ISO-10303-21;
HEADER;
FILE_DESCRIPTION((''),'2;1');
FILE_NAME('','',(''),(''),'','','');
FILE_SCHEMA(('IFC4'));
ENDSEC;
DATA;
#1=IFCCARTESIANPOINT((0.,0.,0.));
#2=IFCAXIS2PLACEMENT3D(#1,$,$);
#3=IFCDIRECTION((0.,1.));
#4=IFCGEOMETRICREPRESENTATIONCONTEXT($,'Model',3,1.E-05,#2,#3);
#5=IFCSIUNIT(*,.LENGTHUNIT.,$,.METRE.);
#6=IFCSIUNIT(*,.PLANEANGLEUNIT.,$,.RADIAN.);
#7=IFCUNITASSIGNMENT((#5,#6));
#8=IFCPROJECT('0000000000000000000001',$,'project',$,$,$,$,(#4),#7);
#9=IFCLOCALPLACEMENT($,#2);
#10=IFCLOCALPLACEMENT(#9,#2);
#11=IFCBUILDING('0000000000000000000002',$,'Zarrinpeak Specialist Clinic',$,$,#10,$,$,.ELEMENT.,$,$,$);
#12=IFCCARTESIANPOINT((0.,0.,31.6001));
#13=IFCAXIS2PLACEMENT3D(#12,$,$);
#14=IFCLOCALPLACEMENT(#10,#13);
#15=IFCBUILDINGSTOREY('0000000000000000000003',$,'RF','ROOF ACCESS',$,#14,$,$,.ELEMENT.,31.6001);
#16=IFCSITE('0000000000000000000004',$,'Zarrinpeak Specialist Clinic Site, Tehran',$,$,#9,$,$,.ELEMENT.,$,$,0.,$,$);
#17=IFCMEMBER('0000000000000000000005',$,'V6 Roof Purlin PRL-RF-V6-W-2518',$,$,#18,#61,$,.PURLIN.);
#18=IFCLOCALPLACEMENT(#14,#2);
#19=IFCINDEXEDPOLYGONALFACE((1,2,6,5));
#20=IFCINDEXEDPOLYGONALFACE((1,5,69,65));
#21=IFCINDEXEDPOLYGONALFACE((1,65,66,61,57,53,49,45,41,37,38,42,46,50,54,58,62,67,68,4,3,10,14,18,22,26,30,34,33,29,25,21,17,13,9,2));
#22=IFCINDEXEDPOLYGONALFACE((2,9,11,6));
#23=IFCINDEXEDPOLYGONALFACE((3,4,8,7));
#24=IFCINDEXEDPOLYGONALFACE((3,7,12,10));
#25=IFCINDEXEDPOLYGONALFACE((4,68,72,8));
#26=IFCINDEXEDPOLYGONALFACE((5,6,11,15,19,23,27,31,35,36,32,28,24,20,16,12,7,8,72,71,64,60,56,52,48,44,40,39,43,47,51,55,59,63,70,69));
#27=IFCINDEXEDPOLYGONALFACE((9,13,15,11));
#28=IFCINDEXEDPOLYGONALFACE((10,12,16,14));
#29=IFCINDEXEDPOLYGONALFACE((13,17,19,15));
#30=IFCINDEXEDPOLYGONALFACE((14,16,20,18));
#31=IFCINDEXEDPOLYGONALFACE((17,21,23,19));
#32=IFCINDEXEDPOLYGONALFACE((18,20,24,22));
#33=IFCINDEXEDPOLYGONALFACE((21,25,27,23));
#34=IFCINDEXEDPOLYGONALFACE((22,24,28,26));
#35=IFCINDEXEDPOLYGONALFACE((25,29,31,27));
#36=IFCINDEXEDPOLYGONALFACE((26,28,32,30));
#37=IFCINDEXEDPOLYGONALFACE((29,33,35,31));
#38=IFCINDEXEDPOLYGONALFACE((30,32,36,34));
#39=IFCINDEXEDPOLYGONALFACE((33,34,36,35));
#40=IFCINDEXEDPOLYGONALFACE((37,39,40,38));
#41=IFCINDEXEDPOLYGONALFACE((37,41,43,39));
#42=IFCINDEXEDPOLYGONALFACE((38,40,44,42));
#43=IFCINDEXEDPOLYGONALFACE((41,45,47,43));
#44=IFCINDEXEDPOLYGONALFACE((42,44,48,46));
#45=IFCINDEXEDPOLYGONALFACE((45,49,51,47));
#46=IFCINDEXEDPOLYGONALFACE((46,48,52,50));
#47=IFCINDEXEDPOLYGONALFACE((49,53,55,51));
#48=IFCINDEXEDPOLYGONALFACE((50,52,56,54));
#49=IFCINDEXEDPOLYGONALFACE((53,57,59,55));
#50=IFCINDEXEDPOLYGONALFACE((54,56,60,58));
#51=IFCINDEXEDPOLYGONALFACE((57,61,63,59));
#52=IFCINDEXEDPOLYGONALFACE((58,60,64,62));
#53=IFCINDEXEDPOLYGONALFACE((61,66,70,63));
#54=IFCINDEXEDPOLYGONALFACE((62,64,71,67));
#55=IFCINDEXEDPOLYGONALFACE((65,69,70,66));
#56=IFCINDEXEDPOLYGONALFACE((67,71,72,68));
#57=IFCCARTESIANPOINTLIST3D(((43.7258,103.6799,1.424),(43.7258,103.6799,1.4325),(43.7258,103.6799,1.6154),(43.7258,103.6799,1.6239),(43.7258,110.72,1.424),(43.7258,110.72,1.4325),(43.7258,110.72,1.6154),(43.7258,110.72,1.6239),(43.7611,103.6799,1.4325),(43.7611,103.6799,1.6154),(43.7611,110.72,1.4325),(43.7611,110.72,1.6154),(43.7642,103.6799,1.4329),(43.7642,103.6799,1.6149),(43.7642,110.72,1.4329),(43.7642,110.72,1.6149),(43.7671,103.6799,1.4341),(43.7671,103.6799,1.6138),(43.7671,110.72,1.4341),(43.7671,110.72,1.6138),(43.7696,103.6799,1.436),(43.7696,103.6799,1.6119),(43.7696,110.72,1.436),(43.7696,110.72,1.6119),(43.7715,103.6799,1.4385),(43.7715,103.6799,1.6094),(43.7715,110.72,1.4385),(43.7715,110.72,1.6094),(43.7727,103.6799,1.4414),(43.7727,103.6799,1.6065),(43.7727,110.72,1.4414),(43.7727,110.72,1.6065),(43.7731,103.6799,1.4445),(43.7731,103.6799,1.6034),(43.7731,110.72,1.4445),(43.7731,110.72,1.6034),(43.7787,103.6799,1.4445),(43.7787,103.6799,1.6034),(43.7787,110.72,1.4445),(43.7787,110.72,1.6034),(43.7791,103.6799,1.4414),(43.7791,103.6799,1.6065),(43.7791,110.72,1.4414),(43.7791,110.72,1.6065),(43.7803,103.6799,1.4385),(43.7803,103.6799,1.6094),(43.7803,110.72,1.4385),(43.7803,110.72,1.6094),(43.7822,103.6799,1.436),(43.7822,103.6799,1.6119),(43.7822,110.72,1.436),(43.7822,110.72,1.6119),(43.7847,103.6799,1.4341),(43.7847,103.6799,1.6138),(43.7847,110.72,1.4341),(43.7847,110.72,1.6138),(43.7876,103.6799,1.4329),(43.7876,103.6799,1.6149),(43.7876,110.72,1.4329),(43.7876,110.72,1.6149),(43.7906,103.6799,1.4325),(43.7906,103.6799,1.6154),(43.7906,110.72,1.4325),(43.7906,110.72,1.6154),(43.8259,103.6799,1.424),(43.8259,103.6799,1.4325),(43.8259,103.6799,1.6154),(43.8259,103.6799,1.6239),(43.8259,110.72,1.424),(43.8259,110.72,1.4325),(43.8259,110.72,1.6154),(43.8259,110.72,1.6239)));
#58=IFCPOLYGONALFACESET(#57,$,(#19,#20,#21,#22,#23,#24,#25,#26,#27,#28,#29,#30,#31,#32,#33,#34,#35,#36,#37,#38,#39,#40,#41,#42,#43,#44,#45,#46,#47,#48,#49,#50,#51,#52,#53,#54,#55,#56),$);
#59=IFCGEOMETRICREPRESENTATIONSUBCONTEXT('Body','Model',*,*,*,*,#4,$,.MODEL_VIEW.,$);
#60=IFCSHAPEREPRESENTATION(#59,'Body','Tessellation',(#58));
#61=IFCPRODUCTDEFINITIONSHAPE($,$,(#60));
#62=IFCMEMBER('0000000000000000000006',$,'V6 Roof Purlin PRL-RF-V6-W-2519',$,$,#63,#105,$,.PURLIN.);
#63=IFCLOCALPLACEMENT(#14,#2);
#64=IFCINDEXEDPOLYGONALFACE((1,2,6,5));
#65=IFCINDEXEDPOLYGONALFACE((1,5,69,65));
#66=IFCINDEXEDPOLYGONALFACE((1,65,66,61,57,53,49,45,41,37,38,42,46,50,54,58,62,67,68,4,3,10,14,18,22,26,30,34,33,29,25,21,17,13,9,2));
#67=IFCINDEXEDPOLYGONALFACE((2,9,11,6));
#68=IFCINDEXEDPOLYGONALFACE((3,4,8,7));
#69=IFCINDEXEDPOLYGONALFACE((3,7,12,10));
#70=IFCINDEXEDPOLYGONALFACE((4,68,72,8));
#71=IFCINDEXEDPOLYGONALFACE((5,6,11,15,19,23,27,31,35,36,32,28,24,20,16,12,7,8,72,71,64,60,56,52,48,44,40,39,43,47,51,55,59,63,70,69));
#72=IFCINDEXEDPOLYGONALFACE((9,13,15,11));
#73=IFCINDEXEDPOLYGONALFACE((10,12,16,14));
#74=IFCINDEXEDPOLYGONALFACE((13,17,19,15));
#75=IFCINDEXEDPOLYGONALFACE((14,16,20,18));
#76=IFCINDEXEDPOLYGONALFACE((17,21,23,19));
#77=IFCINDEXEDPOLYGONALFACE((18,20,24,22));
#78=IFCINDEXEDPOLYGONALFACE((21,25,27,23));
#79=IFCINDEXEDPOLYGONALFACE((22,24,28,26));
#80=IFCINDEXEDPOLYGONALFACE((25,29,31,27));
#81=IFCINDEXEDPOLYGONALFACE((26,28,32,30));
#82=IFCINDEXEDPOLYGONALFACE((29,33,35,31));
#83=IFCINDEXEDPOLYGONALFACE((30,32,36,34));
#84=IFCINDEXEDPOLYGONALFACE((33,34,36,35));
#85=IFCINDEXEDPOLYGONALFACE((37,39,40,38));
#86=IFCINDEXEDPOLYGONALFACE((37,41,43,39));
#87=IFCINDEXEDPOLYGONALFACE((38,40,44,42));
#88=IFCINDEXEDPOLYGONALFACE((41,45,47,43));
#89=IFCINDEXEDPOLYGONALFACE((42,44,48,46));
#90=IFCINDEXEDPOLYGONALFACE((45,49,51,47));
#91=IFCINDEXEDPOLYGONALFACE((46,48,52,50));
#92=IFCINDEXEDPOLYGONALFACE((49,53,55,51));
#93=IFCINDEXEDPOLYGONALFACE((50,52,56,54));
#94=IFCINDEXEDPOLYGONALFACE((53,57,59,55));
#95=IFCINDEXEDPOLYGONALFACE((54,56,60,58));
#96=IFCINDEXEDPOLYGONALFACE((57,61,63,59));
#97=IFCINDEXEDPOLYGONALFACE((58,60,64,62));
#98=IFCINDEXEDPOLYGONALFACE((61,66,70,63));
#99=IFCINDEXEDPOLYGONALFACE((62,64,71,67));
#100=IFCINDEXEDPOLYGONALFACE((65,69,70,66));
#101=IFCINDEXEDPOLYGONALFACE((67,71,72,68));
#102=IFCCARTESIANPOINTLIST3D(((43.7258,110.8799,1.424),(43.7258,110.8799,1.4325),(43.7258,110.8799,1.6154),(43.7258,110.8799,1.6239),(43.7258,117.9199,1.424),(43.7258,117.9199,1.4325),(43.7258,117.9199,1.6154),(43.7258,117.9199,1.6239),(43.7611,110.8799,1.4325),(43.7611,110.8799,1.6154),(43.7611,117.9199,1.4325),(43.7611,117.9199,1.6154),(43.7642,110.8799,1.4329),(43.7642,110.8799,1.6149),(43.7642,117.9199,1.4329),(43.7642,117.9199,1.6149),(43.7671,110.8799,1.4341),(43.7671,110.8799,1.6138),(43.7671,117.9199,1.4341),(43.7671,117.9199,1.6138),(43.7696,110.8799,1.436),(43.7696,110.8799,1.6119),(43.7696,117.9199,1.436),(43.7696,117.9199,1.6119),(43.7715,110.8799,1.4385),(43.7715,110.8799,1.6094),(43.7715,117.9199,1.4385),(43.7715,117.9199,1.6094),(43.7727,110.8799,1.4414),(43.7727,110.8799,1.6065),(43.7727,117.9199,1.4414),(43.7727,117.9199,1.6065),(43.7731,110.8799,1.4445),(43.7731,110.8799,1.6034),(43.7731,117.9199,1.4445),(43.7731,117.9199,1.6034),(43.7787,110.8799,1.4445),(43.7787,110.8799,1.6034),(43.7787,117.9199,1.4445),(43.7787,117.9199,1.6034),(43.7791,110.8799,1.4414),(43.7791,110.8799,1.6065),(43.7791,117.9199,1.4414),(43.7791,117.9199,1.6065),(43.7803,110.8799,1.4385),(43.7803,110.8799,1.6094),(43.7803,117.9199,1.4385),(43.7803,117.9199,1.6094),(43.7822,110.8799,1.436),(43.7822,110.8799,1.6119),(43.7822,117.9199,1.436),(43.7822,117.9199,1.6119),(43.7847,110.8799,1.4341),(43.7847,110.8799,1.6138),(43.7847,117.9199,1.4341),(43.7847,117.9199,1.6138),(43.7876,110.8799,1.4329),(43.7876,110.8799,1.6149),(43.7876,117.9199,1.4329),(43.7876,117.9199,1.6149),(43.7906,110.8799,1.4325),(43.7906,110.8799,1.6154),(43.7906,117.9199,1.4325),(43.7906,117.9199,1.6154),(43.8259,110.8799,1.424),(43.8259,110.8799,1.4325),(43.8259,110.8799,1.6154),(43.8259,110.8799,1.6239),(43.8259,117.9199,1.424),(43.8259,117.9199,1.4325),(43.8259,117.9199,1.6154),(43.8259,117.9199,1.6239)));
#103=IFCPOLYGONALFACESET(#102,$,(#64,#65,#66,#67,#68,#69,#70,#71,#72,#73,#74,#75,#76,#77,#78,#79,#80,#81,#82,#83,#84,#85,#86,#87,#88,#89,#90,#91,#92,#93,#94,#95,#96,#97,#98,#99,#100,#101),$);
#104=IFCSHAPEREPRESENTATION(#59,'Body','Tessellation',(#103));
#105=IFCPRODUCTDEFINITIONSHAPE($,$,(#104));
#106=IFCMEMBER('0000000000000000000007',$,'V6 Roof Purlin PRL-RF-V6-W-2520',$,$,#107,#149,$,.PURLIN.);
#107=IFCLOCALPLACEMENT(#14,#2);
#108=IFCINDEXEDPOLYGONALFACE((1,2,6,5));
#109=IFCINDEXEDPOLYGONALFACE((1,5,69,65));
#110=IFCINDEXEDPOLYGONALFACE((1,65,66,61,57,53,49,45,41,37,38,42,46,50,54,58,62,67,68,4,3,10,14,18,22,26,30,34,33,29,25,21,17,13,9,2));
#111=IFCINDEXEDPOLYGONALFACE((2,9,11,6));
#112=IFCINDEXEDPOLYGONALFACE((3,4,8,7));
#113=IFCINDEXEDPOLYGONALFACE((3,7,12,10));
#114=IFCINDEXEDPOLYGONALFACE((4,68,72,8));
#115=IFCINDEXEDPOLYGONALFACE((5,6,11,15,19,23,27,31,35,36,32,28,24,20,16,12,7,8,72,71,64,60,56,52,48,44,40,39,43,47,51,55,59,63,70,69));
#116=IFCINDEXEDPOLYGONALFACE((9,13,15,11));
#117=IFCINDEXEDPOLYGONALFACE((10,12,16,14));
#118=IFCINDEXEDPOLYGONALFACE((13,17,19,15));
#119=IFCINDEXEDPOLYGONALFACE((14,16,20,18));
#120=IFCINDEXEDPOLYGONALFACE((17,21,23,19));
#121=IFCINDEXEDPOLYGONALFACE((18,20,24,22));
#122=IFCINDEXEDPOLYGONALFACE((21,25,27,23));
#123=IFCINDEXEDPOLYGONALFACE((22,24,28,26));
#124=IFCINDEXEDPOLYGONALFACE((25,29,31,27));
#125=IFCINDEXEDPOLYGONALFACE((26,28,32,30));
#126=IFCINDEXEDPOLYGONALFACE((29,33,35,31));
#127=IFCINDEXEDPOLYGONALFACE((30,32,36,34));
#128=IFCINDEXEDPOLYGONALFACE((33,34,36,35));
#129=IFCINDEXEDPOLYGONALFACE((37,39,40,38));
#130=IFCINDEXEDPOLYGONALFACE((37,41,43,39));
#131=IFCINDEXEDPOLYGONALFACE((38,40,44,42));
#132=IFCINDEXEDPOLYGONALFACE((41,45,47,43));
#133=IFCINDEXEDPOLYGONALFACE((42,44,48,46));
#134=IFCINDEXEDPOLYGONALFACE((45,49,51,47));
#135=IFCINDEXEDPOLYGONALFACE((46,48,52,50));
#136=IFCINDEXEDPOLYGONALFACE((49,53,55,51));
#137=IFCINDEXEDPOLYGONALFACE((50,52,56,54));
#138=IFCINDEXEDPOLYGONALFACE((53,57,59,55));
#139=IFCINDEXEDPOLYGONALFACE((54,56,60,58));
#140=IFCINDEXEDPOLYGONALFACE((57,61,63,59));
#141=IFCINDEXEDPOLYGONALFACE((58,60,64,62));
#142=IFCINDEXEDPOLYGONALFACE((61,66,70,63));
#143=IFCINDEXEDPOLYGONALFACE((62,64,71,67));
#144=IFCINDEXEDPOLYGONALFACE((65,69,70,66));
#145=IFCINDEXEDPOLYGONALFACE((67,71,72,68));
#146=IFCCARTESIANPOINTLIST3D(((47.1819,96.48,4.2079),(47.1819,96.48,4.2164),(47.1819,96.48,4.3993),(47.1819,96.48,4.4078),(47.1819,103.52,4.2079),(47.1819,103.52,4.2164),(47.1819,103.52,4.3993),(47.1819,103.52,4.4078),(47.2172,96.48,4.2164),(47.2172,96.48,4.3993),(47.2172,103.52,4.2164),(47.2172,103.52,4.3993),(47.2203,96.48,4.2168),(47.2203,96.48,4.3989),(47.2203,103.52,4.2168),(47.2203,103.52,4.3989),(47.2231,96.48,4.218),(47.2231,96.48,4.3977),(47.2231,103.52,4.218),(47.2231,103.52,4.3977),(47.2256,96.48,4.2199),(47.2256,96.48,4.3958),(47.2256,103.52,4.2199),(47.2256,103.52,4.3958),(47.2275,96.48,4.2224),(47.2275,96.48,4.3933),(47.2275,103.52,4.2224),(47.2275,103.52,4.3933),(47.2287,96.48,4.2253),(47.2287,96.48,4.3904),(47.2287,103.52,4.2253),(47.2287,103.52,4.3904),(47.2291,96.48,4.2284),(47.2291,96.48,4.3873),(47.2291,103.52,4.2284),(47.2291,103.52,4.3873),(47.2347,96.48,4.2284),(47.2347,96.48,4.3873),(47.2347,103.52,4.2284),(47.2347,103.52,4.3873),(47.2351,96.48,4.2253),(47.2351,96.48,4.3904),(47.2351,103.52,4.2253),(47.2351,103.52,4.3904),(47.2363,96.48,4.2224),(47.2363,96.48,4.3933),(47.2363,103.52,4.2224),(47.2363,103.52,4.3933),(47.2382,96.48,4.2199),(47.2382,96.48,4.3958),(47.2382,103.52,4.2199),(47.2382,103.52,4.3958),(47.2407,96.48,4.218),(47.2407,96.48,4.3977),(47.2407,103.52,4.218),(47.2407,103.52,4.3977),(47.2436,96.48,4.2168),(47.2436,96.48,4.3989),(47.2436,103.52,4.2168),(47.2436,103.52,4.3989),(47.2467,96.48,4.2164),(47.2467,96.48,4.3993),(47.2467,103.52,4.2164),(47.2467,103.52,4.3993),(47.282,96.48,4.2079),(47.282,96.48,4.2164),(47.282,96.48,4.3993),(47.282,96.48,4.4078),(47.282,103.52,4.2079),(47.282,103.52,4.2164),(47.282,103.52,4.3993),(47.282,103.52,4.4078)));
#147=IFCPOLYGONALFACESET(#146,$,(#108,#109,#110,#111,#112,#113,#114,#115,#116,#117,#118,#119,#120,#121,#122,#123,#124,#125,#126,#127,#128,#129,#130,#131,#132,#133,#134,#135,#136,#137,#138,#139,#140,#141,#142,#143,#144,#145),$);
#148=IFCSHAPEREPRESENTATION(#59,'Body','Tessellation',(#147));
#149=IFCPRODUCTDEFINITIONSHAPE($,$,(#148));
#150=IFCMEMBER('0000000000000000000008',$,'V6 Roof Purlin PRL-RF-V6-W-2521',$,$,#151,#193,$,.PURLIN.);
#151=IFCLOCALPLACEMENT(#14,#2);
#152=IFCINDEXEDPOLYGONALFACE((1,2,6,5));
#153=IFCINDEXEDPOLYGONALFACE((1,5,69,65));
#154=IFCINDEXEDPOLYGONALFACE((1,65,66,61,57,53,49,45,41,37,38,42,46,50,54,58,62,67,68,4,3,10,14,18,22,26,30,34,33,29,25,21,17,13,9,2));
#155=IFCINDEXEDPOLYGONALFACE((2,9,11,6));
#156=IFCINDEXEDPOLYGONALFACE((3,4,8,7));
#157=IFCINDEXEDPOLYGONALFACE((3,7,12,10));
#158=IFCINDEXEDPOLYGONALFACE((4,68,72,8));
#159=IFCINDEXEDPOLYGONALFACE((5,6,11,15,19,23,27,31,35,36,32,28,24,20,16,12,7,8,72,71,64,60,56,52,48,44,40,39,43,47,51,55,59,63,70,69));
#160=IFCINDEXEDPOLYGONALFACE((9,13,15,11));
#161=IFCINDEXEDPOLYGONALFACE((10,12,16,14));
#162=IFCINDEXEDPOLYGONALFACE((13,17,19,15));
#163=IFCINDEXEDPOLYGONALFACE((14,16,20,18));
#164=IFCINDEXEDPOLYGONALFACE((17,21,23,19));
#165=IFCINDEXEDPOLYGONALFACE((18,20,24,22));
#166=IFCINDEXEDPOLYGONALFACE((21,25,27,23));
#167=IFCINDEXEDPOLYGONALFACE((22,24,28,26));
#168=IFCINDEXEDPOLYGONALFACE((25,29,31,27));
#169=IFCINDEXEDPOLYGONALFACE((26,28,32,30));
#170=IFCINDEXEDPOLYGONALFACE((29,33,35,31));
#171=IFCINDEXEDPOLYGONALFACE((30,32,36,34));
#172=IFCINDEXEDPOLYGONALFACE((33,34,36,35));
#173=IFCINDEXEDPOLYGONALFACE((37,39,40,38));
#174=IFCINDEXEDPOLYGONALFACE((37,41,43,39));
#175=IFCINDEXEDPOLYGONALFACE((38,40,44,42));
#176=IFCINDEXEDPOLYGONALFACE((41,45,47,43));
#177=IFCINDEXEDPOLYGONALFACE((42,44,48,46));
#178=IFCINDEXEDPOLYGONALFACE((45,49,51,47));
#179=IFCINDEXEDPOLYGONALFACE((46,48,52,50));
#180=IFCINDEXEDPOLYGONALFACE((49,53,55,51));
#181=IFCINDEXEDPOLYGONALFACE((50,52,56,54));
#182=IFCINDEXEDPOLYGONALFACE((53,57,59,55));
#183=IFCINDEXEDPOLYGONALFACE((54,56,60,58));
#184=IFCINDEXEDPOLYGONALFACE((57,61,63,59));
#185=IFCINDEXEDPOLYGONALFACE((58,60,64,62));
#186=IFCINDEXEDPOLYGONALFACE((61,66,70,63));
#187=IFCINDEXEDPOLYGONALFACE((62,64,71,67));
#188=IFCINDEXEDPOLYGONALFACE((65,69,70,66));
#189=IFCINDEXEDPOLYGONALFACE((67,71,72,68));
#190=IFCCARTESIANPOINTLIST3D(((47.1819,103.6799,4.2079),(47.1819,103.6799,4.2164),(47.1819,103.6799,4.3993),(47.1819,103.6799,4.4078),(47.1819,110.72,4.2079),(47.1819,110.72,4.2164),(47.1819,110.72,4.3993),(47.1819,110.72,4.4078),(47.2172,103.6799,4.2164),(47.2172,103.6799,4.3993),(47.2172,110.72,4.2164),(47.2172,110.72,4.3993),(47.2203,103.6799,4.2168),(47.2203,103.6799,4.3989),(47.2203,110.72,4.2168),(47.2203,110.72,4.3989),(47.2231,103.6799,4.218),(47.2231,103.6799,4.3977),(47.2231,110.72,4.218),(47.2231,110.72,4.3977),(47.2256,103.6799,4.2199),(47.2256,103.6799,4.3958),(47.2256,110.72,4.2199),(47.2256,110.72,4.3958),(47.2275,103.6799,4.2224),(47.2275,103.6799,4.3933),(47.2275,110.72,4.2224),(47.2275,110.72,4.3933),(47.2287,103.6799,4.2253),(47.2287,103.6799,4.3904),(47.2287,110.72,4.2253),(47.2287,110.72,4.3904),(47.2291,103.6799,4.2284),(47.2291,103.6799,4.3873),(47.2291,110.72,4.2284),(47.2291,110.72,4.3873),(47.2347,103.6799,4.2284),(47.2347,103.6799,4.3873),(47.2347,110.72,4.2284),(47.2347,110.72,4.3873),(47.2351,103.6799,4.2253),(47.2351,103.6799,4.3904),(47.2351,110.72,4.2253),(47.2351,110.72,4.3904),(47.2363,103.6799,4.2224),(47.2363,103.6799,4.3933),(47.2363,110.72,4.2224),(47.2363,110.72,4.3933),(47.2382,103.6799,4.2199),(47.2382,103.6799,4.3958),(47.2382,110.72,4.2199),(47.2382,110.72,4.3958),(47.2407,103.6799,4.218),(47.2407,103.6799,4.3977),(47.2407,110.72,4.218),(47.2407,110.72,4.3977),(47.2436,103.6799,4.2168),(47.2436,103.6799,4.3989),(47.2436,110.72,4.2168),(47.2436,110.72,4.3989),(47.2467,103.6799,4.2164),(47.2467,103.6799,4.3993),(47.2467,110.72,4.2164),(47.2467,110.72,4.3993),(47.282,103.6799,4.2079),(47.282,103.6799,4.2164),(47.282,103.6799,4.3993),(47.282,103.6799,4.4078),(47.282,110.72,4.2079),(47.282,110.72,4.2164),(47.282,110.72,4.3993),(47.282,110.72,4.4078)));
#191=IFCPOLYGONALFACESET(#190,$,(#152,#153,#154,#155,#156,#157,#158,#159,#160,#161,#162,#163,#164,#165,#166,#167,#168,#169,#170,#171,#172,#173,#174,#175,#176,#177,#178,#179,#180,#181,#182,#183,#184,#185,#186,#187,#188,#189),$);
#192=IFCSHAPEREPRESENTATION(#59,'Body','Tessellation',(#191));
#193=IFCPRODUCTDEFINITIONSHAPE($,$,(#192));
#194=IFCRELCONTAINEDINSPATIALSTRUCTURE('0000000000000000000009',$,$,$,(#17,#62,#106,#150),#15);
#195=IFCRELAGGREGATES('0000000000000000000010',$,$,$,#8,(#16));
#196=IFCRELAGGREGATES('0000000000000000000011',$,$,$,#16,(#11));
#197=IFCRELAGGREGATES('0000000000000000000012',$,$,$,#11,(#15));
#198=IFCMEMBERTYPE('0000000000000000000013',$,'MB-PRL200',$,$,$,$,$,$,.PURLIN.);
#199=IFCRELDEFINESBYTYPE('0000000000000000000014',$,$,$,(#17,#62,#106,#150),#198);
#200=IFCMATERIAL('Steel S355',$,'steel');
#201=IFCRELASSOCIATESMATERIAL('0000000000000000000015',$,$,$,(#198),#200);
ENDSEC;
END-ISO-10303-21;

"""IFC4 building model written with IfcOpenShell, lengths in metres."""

from ifc_helpers import new_model, si_unit, direction, frame, origin, origin_2d, place, context, subcontext, project, spatial, i_section, extrude, material, material_profile, profile_set, type_object, element, save


model = new_model("IFC4")

# Units and contexts
model_context = context("Model", 3, precision=1e-05, world=origin(), true_north=direction((0.0, 1.0)))
body_context = subcontext(model_context, "Body", "Model", "MODEL_VIEW")
ifc_project = project(units=[si_unit("LENGTHUNIT", "METRE"), si_unit("PLANEANGLEUNIT", "RADIAN")], contexts=[model_context])

# Site, building, storey
site_placement = place(None, origin())
site = spatial("IfcSite", under=ifc_project, at=site_placement, Name="Zarrinpeak Specialist Clinic Site, Tehran", CompositionType="ELEMENT", RefElevation=0.0)
building_placement = place(site_placement, origin())
building = spatial("IfcBuilding", under=site, at=building_placement, Name="Zarrinpeak Specialist Clinic", CompositionType="ELEMENT")
storey_placement = place(building_placement, frame((0.0, 0.0, 31.6001)))
storey = spatial("IfcBuildingStorey", under=building, at=storey_placement, Name="RF", Description="ROOF ACCESS", CompositionType="ELEMENT", Elevation=31.6001)

# Shared definitions
ifc_material = material(Name="Steel S355", Category="steel")

# Members
ifc_material_profile_1 = material_profile(ifc_material, i_section(OverallWidth=0.1001, OverallDepth=0.2, WebThickness=0.0056, FlangeThickness=0.0085, FilletRadius=0.012, at=origin_2d()), Name="IPE 200")
ifc_profile_set_1 = profile_set([ifc_material_profile_1], Name="Steel S355")
member_type_1 = type_object("IfcMemberType", Name="MB-PRL200", PredefinedType="PURLIN", material=ifc_profile_set_1)
for number, where, z_axis, x_axis, name in (
    (1, (43.7759, 103.6799, 1.5239), (0.0, 1.0, 0.0), (-1.0, 0.0, 0.0), "V6 Roof Purlin PRL-RF-V6-W-2518"),
    (2, (43.7759, 110.8799, 1.5239), (0.0, 1.0, 0.0), (-1.0, 0.0, 0.0), "V6 Roof Purlin PRL-RF-V6-W-2519"),
    (3, (47.2319, 96.48, 4.3079), (0.0, 1.0, 0.0), (-1.0, 0.0, 0.0), "V6 Roof Purlin PRL-RF-V6-W-2520"),
    (4, (47.2319, 103.6799, 4.3079), (0.0, 1.0, 0.0), (-1.0, 0.0, 0.0), "V6 Roof Purlin PRL-RF-V6-W-2521"),
):
    element("IfcMember", number, at=place(storey_placement, frame(where, z_axis=z_axis, x_axis=x_axis)), inside=storey, type_object=member_type_1, Name=name, PredefinedType="PURLIN", context=body_context, shape_type="SweptSolid", body=[
        extrude(i_section(OverallWidth=0.1001, OverallDepth=0.2, WebThickness=0.0056, FlangeThickness=0.0085, FilletRadius=0.012, at=origin_2d()), origin(), (0.0, 0.0, 1.0), 7.04),
    ])

save(model, "model.ifc")
